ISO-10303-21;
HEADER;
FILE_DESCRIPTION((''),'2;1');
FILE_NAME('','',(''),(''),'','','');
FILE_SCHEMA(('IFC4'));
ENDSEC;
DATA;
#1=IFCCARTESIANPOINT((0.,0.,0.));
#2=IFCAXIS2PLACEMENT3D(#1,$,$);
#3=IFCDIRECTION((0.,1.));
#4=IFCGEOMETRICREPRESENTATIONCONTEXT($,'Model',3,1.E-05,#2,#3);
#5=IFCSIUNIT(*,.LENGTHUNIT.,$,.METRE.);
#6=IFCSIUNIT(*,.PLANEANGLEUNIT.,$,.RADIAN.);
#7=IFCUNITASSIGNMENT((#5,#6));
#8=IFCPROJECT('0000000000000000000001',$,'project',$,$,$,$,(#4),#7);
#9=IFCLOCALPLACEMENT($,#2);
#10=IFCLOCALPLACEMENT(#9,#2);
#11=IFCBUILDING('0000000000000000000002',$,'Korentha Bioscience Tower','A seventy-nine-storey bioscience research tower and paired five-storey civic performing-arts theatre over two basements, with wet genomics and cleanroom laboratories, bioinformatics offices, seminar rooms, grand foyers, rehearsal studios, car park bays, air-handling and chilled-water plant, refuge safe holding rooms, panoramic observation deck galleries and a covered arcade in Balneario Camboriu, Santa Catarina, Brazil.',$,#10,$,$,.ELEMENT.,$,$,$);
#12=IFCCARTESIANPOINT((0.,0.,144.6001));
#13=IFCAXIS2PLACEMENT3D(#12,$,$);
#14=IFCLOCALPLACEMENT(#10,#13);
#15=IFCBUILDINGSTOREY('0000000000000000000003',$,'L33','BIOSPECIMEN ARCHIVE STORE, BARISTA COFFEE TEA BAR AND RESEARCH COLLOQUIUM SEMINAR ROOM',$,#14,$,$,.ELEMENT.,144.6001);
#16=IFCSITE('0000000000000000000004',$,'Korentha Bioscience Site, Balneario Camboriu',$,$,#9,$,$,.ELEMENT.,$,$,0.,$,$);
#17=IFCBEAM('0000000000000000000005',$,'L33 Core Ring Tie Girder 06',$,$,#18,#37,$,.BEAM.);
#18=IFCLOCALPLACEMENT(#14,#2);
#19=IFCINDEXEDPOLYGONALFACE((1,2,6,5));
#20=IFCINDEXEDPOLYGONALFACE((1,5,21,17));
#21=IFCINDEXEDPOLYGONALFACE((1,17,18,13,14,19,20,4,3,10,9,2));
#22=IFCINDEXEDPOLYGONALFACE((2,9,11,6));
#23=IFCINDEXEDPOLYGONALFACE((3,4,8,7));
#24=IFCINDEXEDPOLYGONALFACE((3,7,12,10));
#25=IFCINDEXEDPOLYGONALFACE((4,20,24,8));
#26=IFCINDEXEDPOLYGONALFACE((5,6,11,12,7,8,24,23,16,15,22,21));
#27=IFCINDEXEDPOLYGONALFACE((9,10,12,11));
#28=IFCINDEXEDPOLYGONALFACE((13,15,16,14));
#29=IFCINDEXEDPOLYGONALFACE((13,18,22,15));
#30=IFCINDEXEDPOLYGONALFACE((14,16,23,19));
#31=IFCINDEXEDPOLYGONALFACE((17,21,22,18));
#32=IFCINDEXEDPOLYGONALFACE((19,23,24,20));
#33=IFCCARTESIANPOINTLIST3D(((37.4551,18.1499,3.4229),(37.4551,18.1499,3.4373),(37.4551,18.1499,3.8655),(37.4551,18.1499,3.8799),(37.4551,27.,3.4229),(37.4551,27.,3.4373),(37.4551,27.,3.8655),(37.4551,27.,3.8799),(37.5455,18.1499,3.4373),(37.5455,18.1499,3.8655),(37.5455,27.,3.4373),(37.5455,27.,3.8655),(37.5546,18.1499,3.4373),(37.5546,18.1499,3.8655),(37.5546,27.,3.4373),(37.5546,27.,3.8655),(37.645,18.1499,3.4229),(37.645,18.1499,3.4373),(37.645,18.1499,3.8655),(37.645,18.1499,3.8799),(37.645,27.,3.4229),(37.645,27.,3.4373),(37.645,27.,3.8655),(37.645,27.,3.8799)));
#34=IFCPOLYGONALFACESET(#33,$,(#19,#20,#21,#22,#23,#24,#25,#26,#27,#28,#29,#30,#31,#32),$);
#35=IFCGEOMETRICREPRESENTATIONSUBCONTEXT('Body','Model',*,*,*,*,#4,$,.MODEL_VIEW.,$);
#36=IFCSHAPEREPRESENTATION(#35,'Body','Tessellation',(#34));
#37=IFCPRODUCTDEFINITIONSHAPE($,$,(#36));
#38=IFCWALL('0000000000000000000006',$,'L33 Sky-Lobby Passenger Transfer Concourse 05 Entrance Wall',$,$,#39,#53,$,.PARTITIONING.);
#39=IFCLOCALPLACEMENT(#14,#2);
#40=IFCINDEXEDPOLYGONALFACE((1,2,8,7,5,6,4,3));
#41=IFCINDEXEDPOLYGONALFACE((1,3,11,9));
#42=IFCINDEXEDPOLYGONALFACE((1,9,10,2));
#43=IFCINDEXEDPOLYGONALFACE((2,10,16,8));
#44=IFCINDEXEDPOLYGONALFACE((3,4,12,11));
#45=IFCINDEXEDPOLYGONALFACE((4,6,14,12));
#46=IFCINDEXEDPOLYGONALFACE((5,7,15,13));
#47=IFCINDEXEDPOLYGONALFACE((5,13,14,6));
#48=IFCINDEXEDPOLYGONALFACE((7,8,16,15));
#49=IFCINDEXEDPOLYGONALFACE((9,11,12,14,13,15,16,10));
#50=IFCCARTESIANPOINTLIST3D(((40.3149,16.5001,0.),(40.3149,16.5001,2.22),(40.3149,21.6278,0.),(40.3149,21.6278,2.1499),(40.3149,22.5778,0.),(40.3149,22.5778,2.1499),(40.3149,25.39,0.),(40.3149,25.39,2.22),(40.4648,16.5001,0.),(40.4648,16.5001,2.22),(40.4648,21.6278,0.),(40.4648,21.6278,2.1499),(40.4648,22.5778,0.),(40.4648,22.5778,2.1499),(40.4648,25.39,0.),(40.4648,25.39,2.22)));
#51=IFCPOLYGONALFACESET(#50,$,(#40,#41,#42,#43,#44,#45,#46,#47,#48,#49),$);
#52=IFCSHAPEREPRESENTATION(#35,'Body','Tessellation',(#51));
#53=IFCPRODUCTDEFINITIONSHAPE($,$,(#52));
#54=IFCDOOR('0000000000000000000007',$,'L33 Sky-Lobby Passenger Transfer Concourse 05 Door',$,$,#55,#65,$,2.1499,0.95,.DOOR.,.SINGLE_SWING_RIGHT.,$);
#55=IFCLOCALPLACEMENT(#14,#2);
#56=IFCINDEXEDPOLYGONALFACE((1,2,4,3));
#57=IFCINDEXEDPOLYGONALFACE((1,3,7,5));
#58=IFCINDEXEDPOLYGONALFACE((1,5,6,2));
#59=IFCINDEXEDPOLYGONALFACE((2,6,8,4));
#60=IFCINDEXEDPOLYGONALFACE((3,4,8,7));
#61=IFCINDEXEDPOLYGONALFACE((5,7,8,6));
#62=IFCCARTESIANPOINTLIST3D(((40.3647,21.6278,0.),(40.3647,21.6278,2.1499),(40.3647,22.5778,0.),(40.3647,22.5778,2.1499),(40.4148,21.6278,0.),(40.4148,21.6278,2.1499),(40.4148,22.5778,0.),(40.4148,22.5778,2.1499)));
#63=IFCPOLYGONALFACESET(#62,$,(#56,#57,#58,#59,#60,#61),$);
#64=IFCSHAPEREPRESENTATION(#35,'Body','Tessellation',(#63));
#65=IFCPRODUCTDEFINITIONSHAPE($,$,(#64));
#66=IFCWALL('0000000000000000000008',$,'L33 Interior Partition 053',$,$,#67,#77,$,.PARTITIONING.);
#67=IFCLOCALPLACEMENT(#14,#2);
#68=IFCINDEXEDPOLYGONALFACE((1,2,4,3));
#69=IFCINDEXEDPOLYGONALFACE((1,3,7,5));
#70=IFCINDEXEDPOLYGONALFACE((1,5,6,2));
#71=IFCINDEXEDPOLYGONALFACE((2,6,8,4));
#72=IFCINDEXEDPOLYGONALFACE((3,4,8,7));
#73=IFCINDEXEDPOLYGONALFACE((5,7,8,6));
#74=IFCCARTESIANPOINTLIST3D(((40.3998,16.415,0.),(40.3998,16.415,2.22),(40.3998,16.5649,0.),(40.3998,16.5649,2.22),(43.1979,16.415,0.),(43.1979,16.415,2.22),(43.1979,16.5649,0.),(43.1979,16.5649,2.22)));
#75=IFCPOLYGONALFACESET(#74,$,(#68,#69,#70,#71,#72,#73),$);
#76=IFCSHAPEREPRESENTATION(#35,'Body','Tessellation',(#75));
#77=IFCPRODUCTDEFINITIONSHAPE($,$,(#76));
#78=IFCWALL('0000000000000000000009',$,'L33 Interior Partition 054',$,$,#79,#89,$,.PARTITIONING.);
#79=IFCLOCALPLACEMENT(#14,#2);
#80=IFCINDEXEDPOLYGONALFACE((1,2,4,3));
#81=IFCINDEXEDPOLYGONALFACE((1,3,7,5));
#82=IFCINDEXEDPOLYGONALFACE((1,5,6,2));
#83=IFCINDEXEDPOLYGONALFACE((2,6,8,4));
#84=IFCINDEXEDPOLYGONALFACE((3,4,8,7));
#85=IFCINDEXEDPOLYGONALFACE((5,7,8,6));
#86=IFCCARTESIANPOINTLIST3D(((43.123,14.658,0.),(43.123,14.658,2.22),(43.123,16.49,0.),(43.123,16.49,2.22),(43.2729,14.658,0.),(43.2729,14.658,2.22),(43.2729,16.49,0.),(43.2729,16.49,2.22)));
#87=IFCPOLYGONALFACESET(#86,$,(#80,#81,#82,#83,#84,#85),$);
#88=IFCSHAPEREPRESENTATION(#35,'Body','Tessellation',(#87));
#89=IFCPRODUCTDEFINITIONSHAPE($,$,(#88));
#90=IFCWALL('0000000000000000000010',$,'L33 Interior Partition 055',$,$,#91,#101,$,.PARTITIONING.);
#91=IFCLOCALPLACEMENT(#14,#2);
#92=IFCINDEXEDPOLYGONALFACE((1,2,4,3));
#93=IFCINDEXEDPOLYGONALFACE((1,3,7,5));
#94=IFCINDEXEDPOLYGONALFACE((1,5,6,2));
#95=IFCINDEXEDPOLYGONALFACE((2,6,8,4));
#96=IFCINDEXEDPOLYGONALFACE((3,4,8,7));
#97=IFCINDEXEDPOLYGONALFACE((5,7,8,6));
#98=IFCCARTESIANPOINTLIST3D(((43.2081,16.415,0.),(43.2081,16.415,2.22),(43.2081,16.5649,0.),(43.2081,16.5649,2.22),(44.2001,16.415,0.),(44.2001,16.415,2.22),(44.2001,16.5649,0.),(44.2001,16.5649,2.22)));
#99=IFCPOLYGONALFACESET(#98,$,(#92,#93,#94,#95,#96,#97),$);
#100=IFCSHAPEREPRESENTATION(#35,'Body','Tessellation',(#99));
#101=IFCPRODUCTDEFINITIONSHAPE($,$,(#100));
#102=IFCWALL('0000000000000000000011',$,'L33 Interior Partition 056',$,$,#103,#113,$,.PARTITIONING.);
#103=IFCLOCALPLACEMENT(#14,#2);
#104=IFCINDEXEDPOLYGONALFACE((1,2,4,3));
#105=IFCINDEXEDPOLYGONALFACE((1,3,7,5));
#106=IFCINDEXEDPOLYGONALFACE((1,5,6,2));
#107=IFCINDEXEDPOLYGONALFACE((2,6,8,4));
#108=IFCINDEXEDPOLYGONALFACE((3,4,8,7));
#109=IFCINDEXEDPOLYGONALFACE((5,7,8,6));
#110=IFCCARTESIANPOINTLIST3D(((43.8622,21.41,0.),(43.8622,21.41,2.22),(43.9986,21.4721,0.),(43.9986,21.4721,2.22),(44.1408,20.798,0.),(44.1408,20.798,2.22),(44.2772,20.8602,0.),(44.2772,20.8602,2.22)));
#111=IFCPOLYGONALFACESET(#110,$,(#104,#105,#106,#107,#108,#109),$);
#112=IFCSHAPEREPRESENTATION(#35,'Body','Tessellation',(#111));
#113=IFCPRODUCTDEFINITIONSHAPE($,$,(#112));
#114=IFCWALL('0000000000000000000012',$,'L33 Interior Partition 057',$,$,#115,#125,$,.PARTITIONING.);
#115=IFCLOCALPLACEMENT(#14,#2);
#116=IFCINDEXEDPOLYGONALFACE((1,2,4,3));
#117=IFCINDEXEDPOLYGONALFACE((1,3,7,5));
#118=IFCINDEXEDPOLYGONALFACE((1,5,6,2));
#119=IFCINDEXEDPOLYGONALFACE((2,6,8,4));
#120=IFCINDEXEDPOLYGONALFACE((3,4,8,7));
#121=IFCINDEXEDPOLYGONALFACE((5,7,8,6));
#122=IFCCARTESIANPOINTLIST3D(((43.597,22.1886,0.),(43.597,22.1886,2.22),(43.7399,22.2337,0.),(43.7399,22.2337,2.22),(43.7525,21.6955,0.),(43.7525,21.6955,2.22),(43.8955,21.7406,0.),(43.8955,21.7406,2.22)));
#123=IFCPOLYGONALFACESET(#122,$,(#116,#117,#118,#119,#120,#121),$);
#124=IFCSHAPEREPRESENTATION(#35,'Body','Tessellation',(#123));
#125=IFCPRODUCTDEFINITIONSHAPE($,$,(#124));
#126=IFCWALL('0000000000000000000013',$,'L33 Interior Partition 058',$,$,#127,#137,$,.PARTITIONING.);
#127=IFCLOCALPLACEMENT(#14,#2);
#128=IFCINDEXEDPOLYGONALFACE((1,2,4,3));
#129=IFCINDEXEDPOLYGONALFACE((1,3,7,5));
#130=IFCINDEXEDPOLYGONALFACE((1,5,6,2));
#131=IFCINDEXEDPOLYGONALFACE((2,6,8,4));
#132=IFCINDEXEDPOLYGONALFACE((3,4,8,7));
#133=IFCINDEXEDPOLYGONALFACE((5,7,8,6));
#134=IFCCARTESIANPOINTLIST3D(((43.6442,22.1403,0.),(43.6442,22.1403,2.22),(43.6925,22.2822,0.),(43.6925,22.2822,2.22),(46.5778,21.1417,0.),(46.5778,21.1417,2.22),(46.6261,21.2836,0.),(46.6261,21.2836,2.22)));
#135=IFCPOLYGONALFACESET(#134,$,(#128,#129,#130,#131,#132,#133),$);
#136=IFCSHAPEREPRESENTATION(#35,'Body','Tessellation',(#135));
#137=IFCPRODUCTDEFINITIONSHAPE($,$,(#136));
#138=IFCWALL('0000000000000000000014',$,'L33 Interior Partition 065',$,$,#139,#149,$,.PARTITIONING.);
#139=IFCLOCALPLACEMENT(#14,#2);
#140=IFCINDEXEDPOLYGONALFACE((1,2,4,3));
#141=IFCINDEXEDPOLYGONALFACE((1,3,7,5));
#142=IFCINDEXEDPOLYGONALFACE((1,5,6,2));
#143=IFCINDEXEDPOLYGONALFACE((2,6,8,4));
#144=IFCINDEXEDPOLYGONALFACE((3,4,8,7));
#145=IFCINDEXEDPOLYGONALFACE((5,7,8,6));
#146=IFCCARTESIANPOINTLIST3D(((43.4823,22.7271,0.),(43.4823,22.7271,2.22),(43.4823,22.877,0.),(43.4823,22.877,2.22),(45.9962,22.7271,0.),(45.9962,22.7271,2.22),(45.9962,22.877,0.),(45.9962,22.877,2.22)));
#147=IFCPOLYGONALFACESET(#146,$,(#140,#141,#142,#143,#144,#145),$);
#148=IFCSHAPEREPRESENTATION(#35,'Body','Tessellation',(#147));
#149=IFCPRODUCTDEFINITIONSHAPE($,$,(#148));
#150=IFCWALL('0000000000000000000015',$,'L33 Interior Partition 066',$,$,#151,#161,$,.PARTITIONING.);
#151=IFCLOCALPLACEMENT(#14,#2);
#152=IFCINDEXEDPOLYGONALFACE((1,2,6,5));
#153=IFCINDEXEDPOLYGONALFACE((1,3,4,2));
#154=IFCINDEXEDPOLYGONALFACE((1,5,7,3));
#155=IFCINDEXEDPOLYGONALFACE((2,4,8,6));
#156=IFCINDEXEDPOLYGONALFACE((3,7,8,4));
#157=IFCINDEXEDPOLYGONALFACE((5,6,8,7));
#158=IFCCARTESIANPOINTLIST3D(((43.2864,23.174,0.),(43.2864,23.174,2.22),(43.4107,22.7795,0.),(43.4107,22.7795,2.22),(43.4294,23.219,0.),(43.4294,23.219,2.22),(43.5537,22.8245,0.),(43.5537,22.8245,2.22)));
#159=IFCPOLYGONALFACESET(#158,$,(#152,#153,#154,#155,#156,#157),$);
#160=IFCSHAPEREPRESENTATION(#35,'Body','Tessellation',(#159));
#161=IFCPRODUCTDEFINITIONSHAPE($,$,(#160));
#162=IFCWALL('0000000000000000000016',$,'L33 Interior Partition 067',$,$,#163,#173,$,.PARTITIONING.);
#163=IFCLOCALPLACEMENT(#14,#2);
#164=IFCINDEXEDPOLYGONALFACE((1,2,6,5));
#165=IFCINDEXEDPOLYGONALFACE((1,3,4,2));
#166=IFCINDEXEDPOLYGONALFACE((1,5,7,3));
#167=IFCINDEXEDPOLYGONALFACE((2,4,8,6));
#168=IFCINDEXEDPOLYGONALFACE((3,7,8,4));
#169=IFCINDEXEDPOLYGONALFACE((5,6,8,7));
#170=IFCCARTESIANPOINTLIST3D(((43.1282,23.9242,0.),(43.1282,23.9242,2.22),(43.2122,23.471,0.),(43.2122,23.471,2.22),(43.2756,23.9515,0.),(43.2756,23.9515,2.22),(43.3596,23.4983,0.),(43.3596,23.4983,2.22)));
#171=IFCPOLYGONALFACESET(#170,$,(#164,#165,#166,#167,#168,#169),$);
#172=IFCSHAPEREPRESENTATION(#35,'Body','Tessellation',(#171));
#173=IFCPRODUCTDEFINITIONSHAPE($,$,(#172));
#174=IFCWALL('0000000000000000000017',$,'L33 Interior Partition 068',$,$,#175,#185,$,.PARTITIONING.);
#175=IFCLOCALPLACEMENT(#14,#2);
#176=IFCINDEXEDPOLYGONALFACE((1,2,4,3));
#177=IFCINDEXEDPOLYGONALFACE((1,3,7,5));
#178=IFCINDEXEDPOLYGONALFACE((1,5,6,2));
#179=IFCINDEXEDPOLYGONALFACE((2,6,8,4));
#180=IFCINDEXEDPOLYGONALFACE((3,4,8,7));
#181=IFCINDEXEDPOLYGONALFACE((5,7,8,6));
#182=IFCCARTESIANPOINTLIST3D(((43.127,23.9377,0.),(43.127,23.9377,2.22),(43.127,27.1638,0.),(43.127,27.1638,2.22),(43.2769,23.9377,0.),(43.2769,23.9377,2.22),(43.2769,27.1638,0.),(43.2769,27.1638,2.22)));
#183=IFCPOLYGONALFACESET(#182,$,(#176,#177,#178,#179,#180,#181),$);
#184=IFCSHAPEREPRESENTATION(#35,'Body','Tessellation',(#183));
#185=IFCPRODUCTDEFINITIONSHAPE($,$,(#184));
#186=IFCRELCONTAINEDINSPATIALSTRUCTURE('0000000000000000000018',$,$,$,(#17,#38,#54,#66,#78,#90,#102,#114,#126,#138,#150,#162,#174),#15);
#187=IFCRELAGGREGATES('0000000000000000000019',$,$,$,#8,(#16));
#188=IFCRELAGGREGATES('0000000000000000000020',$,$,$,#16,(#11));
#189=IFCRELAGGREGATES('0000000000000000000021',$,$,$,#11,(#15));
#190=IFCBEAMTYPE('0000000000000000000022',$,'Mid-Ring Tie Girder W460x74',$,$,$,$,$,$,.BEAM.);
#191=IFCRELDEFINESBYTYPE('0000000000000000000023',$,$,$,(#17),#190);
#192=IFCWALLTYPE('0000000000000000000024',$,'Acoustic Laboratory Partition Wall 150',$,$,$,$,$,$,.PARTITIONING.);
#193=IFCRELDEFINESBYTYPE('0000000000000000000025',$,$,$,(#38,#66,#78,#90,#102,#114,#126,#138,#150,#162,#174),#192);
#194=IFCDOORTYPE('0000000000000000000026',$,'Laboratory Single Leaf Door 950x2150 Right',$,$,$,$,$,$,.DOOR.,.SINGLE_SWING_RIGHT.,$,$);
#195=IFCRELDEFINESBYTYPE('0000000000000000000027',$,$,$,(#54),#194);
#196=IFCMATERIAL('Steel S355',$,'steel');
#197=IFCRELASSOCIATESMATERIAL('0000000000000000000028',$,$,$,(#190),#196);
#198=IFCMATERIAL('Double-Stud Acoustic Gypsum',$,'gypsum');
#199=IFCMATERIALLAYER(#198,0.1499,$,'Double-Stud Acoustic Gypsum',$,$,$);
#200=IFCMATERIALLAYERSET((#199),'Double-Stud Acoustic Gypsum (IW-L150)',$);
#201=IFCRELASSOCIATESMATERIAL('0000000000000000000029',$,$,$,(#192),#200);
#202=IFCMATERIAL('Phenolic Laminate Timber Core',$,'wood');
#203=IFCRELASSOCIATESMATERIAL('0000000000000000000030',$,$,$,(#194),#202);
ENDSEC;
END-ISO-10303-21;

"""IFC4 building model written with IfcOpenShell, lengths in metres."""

from ifc_helpers import new_model, si_unit, direction, frame, frame_2d, origin, origin_2d, place, context, subcontext, project, spatial, rectangle, i_section, extrude, material, layer, layer_set, material_profile, profile_set, type_object, element, fill, save


model = new_model("IFC4")

# Units and contexts
model_context = context("Model", 3, precision=1e-05, world=origin(), true_north=direction((0.0, 1.0)))
body_context = subcontext(model_context, "Body", "Model", "MODEL_VIEW")
ifc_project = project(units=[si_unit("LENGTHUNIT", "METRE"), si_unit("PLANEANGLEUNIT", "RADIAN")], contexts=[model_context])

# Site, building, storey
site_placement = place(None, origin())
site = spatial("IfcSite", under=ifc_project, at=site_placement, Name="Korentha Bioscience Site, Balneario Camboriu", CompositionType="ELEMENT", RefElevation=0.0)
building_placement = place(site_placement, origin())
building = spatial("IfcBuilding", under=site, at=building_placement, Name="Korentha Bioscience Tower", Description="A seventy-nine-storey bioscience research tower and paired five-storey civic performing-arts theatre over two basements, with wet genomics and cleanroom laboratories, bioinformatics offices, seminar rooms, grand foyers, rehearsal studios, car park bays, air-handling and chilled-water plant, refuge safe holding rooms, panoramic observation deck galleries and a covered arcade in Balneario Camboriu, Santa Catarina, Brazil.", CompositionType="ELEMENT")
storey_placement = place(building_placement, frame((0.0, 0.0, 144.6001)))
storey = spatial("IfcBuildingStorey", under=building, at=storey_placement, Name="L33", Description="BIOSPECIMEN ARCHIVE STORE, BARISTA COFFEE TEA BAR AND RESEARCH COLLOQUIUM SEMINAR ROOM", CompositionType="ELEMENT", Elevation=144.6001)

# Beam
ifc_material_1 = material(Name="Steel S355", Category="steel")
ifc_material_profile_1 = material_profile(ifc_material_1, i_section(OverallWidth=0.1899, OverallDepth=0.457, WebThickness=0.009, FlangeThickness=0.0144, at=origin_2d()), Name="Steel S355")
ifc_profile_set_1 = profile_set([ifc_material_profile_1], Name="Steel S355 (MB-460)")
beam_type_1 = type_object("IfcBeamType", Name="Mid-Ring Tie Girder W460x74", PredefinedType="BEAM", material=ifc_profile_set_1)
beam_1_placement = place(storey_placement, frame((37.55, 18.1499, 3.6514), z_axis=(0.0, 1.0, 0.0), x_axis=(-1.0, 0.0, 0.0)))
element("IfcBeam", 1, at=beam_1_placement, inside=storey, type_object=beam_type_1, Name="L33 Core Ring Tie Girder 06", PredefinedType="BEAM", context=body_context, shape_type="SweptSolid", body=[
    extrude(i_section(OverallWidth=0.1899, OverallDepth=0.457, WebThickness=0.009, FlangeThickness=0.0144, at=origin_2d()), origin(), (0.0, 0.0, 1.0), 8.8501),
])

# Wall, opening, door
ifc_material_2 = material(Name="Double-Stud Acoustic Gypsum", Category="gypsum")
ifc_layer_1 = layer(ifc_material_2, 0.1499, Name="Double-Stud Acoustic Gypsum")
ifc_layer_set_1 = layer_set([ifc_layer_1], Name="Double-Stud Acoustic Gypsum (IW-L150)")
wall_type_1 = type_object("IfcWallType", Name="Acoustic Laboratory Partition Wall 150", PredefinedType="PARTITIONING", material=ifc_layer_set_1)
wall_1_placement = place(storey_placement, frame((40.3899, 25.3899, 0.0), z_axis=(0.0, 0.0, 1.0), x_axis=(0.0, -1.0, 0.0)))
wall_1 = element("IfcWall", 2, at=wall_1_placement, inside=storey, type_object=wall_type_1, Name="L33 Sky-Lobby Passenger Transfer Concourse 05 Entrance Wall", PredefinedType="PARTITIONING", context=body_context, shape_type="SweptSolid", body=[
    extrude(rectangle(XDim=8.8899, YDim=0.1499, at=frame_2d((4.4448, 0.0))), origin(), (0.0, 0.0, 1.0), 2.22),
])
opening_1_placement = place(wall_1_placement, frame((2.812, 0.0, 0.0)))
opening_1 = element("IfcOpeningElement", 3, at=opening_1_placement, cuts=wall_1, PredefinedType="OPENING", context=body_context, shape_type="SweptSolid", body=[
    extrude(rectangle(XDim=0.95, YDim=2.1499, at=frame_2d((0.4751, 1.075))), frame((0.0, 0.0898, 0.0), z_axis=(0.0, -1.0, 0.0), x_axis=(1.0, 0.0, 0.0)), (0.0, 0.0, 1.0), 0.1797),
])
ifc_material_3 = material(Name="Phenolic Laminate Timber Core", Category="wood")
door_type_1 = type_object("IfcDoorType", Name="Laboratory Single Leaf Door 950x2150 Right", OperationType="SINGLE_SWING_RIGHT", PredefinedType="DOOR", material=ifc_material_3)
door_1_placement = place(opening_1_placement, origin())
door_1 = element("IfcDoor", 4, at=door_1_placement, inside=storey, type_object=door_type_1, Name="L33 Sky-Lobby Passenger Transfer Concourse 05 Door", OperationType="SINGLE_SWING_RIGHT", OverallHeight=2.1499, OverallWidth=0.95, PredefinedType="DOOR", context=body_context, shape_type="SweptSolid", body=[
    extrude(rectangle(XDim=0.95, YDim=2.1499, at=frame_2d((0.4751, 1.075))), frame((0.0, 0.0249, 0.0), z_axis=(0.0, -1.0, 0.0), x_axis=(1.0, 0.0, 0.0)), (0.0, 0.0, 1.0), 0.05),
])
fill(opening_1, door_1)

# Walls
wall_2_placement = place(storey_placement, frame((40.3999, 16.49, 0.0), z_axis=(0.0, 0.0, 1.0), x_axis=(1.0, 0.0, 0.0)))
element("IfcWall", 5, at=wall_2_placement, inside=storey, type_object=wall_type_1, Name="L33 Interior Partition 053", PredefinedType="PARTITIONING", context=body_context, shape_type="SweptSolid", body=[
    extrude(rectangle(XDim=2.7981, YDim=0.1499, at=frame_2d((1.3989, 0.0))), origin(), (0.0, 0.0, 1.0), 2.22),
])
wall_3_placement = place(storey_placement, frame((43.198, 16.49, 0.0), z_axis=(0.0, 0.0, 1.0), x_axis=(0.0, -1.0, 0.0)))
element("IfcWall", 6, at=wall_3_placement, inside=storey, type_object=wall_type_1, Name="L33 Interior Partition 054", PredefinedType="PARTITIONING", context=body_context, shape_type="SweptSolid", body=[
    extrude(rectangle(XDim=1.832, YDim=0.1499, at=frame_2d((0.916, 0.0))), origin(), (0.0, 0.0, 1.0), 2.22),
])
wall_4_placement = place(storey_placement, frame((43.208, 16.49, 0.0), z_axis=(0.0, 0.0, 1.0), x_axis=(1.0, 0.0, 0.0)))
element("IfcWall", 7, at=wall_4_placement, inside=storey, type_object=wall_type_1, Name="L33 Interior Partition 055", PredefinedType="PARTITIONING", context=body_context, shape_type="SweptSolid", body=[
    extrude(rectangle(XDim=0.9919, YDim=0.1499, at=frame_2d((0.4961, 0.0))), origin(), (0.0, 0.0, 1.0), 2.22),
])
wall_5_placement = place(storey_placement, frame((44.209, 20.8291, 0.0), z_axis=(0.0, 0.0, 1.0), x_axis=(-0.414377, 0.910105, 0.0)))
element("IfcWall", 8, at=wall_5_placement, inside=storey, type_object=wall_type_1, Name="L33 Interior Partition 056", PredefinedType="PARTITIONING", context=body_context, shape_type="SweptSolid", body=[
    extrude(rectangle(XDim=0.6724, YDim=0.1499, at=frame_2d((0.3362, 0.0))), origin(), (0.0, 0.0, 1.0), 2.22),
])
wall_6_placement = place(storey_placement, frame((43.824, 21.718, 0.0), z_axis=(0.0, 0.0, 1.0), x_axis=(-0.300747, 0.953704, 0.0)))
element("IfcWall", 9, at=wall_6_placement, inside=storey, type_object=wall_type_1, Name="L33 Interior Partition 057", PredefinedType="PARTITIONING", context=body_context, shape_type="SweptSolid", body=[
    extrude(rectangle(XDim=0.5171, YDim=0.1499, at=frame_2d((0.2585, 0.0))), origin(), (0.0, 0.0, 1.0), 2.22),
])
wall_7_placement = place(storey_placement, frame((43.6685, 22.2112, 0.0), z_axis=(0.0, 0.0, 1.0), x_axis=(0.946663, -0.322225, 0.0)))
element("IfcWall", 10, at=wall_7_placement, inside=storey, type_object=wall_type_1, Name="L33 Interior Partition 058", PredefinedType="PARTITIONING", context=body_context, shape_type="SweptSolid", body=[
    extrude(rectangle(XDim=3.0989, YDim=0.1499, at=frame_2d((1.5493, 0.0))), origin(), (0.0, 0.0, 1.0), 2.22),
])
wall_8_placement = place(storey_placement, frame((45.9961, 22.802, 0.0), z_axis=(0.0, 0.0, 1.0), x_axis=(-1.0, 0.0, 0.0)))
element("IfcWall", 11, at=wall_8_placement, inside=storey, type_object=wall_type_1, Name="L33 Interior Partition 065", PredefinedType="PARTITIONING", context=body_context, shape_type="SweptSolid", body=[
    extrude(rectangle(XDim=2.5139, YDim=0.1499, at=frame_2d((1.2568, 0.0))), origin(), (0.0, 0.0, 1.0), 2.22),
])
wall_9_placement = place(storey_placement, frame((43.4822, 22.802, 0.0), z_axis=(0.0, 0.0, 1.0), x_axis=(-0.300425, 0.953805, 0.0)))
element("IfcWall", 12, at=wall_9_placement, inside=storey, type_object=wall_type_1, Name="L33 Interior Partition 066", PredefinedType="PARTITIONING", context=body_context, shape_type="SweptSolid", body=[
    extrude(rectangle(XDim=0.4136, YDim=0.1499, at=frame_2d((0.2068, 0.0))), origin(), (0.0, 0.0, 1.0), 2.22),
])
wall_10_placement = place(storey_placement, frame((43.2859, 23.4846, 0.0), z_axis=(0.0, 0.0, 1.0), x_axis=(-0.182241, 0.983254, 0.0)))
element("IfcWall", 13, at=wall_10_placement, inside=storey, type_object=wall_type_1, Name="L33 Interior Partition 067", PredefinedType="PARTITIONING", context=body_context, shape_type="SweptSolid", body=[
    extrude(rectangle(XDim=0.4609, YDim=0.1499, at=frame_2d((0.2305, 0.0))), origin(), (0.0, 0.0, 1.0), 2.22),
])
wall_11_placement = place(storey_placement, frame((43.2019, 23.9377, 0.0), z_axis=(0.0, 0.0, 1.0), x_axis=(0.0, 1.0, 0.0)))
element("IfcWall", 14, at=wall_11_placement, inside=storey, type_object=wall_type_1, Name="L33 Interior Partition 068", PredefinedType="PARTITIONING", context=body_context, shape_type="SweptSolid", body=[
    extrude(rectangle(XDim=3.2261, YDim=0.1499, at=frame_2d((1.613, 0.0))), origin(), (0.0, 0.0, 1.0), 2.22),
])

save(model, "model.ifc")
